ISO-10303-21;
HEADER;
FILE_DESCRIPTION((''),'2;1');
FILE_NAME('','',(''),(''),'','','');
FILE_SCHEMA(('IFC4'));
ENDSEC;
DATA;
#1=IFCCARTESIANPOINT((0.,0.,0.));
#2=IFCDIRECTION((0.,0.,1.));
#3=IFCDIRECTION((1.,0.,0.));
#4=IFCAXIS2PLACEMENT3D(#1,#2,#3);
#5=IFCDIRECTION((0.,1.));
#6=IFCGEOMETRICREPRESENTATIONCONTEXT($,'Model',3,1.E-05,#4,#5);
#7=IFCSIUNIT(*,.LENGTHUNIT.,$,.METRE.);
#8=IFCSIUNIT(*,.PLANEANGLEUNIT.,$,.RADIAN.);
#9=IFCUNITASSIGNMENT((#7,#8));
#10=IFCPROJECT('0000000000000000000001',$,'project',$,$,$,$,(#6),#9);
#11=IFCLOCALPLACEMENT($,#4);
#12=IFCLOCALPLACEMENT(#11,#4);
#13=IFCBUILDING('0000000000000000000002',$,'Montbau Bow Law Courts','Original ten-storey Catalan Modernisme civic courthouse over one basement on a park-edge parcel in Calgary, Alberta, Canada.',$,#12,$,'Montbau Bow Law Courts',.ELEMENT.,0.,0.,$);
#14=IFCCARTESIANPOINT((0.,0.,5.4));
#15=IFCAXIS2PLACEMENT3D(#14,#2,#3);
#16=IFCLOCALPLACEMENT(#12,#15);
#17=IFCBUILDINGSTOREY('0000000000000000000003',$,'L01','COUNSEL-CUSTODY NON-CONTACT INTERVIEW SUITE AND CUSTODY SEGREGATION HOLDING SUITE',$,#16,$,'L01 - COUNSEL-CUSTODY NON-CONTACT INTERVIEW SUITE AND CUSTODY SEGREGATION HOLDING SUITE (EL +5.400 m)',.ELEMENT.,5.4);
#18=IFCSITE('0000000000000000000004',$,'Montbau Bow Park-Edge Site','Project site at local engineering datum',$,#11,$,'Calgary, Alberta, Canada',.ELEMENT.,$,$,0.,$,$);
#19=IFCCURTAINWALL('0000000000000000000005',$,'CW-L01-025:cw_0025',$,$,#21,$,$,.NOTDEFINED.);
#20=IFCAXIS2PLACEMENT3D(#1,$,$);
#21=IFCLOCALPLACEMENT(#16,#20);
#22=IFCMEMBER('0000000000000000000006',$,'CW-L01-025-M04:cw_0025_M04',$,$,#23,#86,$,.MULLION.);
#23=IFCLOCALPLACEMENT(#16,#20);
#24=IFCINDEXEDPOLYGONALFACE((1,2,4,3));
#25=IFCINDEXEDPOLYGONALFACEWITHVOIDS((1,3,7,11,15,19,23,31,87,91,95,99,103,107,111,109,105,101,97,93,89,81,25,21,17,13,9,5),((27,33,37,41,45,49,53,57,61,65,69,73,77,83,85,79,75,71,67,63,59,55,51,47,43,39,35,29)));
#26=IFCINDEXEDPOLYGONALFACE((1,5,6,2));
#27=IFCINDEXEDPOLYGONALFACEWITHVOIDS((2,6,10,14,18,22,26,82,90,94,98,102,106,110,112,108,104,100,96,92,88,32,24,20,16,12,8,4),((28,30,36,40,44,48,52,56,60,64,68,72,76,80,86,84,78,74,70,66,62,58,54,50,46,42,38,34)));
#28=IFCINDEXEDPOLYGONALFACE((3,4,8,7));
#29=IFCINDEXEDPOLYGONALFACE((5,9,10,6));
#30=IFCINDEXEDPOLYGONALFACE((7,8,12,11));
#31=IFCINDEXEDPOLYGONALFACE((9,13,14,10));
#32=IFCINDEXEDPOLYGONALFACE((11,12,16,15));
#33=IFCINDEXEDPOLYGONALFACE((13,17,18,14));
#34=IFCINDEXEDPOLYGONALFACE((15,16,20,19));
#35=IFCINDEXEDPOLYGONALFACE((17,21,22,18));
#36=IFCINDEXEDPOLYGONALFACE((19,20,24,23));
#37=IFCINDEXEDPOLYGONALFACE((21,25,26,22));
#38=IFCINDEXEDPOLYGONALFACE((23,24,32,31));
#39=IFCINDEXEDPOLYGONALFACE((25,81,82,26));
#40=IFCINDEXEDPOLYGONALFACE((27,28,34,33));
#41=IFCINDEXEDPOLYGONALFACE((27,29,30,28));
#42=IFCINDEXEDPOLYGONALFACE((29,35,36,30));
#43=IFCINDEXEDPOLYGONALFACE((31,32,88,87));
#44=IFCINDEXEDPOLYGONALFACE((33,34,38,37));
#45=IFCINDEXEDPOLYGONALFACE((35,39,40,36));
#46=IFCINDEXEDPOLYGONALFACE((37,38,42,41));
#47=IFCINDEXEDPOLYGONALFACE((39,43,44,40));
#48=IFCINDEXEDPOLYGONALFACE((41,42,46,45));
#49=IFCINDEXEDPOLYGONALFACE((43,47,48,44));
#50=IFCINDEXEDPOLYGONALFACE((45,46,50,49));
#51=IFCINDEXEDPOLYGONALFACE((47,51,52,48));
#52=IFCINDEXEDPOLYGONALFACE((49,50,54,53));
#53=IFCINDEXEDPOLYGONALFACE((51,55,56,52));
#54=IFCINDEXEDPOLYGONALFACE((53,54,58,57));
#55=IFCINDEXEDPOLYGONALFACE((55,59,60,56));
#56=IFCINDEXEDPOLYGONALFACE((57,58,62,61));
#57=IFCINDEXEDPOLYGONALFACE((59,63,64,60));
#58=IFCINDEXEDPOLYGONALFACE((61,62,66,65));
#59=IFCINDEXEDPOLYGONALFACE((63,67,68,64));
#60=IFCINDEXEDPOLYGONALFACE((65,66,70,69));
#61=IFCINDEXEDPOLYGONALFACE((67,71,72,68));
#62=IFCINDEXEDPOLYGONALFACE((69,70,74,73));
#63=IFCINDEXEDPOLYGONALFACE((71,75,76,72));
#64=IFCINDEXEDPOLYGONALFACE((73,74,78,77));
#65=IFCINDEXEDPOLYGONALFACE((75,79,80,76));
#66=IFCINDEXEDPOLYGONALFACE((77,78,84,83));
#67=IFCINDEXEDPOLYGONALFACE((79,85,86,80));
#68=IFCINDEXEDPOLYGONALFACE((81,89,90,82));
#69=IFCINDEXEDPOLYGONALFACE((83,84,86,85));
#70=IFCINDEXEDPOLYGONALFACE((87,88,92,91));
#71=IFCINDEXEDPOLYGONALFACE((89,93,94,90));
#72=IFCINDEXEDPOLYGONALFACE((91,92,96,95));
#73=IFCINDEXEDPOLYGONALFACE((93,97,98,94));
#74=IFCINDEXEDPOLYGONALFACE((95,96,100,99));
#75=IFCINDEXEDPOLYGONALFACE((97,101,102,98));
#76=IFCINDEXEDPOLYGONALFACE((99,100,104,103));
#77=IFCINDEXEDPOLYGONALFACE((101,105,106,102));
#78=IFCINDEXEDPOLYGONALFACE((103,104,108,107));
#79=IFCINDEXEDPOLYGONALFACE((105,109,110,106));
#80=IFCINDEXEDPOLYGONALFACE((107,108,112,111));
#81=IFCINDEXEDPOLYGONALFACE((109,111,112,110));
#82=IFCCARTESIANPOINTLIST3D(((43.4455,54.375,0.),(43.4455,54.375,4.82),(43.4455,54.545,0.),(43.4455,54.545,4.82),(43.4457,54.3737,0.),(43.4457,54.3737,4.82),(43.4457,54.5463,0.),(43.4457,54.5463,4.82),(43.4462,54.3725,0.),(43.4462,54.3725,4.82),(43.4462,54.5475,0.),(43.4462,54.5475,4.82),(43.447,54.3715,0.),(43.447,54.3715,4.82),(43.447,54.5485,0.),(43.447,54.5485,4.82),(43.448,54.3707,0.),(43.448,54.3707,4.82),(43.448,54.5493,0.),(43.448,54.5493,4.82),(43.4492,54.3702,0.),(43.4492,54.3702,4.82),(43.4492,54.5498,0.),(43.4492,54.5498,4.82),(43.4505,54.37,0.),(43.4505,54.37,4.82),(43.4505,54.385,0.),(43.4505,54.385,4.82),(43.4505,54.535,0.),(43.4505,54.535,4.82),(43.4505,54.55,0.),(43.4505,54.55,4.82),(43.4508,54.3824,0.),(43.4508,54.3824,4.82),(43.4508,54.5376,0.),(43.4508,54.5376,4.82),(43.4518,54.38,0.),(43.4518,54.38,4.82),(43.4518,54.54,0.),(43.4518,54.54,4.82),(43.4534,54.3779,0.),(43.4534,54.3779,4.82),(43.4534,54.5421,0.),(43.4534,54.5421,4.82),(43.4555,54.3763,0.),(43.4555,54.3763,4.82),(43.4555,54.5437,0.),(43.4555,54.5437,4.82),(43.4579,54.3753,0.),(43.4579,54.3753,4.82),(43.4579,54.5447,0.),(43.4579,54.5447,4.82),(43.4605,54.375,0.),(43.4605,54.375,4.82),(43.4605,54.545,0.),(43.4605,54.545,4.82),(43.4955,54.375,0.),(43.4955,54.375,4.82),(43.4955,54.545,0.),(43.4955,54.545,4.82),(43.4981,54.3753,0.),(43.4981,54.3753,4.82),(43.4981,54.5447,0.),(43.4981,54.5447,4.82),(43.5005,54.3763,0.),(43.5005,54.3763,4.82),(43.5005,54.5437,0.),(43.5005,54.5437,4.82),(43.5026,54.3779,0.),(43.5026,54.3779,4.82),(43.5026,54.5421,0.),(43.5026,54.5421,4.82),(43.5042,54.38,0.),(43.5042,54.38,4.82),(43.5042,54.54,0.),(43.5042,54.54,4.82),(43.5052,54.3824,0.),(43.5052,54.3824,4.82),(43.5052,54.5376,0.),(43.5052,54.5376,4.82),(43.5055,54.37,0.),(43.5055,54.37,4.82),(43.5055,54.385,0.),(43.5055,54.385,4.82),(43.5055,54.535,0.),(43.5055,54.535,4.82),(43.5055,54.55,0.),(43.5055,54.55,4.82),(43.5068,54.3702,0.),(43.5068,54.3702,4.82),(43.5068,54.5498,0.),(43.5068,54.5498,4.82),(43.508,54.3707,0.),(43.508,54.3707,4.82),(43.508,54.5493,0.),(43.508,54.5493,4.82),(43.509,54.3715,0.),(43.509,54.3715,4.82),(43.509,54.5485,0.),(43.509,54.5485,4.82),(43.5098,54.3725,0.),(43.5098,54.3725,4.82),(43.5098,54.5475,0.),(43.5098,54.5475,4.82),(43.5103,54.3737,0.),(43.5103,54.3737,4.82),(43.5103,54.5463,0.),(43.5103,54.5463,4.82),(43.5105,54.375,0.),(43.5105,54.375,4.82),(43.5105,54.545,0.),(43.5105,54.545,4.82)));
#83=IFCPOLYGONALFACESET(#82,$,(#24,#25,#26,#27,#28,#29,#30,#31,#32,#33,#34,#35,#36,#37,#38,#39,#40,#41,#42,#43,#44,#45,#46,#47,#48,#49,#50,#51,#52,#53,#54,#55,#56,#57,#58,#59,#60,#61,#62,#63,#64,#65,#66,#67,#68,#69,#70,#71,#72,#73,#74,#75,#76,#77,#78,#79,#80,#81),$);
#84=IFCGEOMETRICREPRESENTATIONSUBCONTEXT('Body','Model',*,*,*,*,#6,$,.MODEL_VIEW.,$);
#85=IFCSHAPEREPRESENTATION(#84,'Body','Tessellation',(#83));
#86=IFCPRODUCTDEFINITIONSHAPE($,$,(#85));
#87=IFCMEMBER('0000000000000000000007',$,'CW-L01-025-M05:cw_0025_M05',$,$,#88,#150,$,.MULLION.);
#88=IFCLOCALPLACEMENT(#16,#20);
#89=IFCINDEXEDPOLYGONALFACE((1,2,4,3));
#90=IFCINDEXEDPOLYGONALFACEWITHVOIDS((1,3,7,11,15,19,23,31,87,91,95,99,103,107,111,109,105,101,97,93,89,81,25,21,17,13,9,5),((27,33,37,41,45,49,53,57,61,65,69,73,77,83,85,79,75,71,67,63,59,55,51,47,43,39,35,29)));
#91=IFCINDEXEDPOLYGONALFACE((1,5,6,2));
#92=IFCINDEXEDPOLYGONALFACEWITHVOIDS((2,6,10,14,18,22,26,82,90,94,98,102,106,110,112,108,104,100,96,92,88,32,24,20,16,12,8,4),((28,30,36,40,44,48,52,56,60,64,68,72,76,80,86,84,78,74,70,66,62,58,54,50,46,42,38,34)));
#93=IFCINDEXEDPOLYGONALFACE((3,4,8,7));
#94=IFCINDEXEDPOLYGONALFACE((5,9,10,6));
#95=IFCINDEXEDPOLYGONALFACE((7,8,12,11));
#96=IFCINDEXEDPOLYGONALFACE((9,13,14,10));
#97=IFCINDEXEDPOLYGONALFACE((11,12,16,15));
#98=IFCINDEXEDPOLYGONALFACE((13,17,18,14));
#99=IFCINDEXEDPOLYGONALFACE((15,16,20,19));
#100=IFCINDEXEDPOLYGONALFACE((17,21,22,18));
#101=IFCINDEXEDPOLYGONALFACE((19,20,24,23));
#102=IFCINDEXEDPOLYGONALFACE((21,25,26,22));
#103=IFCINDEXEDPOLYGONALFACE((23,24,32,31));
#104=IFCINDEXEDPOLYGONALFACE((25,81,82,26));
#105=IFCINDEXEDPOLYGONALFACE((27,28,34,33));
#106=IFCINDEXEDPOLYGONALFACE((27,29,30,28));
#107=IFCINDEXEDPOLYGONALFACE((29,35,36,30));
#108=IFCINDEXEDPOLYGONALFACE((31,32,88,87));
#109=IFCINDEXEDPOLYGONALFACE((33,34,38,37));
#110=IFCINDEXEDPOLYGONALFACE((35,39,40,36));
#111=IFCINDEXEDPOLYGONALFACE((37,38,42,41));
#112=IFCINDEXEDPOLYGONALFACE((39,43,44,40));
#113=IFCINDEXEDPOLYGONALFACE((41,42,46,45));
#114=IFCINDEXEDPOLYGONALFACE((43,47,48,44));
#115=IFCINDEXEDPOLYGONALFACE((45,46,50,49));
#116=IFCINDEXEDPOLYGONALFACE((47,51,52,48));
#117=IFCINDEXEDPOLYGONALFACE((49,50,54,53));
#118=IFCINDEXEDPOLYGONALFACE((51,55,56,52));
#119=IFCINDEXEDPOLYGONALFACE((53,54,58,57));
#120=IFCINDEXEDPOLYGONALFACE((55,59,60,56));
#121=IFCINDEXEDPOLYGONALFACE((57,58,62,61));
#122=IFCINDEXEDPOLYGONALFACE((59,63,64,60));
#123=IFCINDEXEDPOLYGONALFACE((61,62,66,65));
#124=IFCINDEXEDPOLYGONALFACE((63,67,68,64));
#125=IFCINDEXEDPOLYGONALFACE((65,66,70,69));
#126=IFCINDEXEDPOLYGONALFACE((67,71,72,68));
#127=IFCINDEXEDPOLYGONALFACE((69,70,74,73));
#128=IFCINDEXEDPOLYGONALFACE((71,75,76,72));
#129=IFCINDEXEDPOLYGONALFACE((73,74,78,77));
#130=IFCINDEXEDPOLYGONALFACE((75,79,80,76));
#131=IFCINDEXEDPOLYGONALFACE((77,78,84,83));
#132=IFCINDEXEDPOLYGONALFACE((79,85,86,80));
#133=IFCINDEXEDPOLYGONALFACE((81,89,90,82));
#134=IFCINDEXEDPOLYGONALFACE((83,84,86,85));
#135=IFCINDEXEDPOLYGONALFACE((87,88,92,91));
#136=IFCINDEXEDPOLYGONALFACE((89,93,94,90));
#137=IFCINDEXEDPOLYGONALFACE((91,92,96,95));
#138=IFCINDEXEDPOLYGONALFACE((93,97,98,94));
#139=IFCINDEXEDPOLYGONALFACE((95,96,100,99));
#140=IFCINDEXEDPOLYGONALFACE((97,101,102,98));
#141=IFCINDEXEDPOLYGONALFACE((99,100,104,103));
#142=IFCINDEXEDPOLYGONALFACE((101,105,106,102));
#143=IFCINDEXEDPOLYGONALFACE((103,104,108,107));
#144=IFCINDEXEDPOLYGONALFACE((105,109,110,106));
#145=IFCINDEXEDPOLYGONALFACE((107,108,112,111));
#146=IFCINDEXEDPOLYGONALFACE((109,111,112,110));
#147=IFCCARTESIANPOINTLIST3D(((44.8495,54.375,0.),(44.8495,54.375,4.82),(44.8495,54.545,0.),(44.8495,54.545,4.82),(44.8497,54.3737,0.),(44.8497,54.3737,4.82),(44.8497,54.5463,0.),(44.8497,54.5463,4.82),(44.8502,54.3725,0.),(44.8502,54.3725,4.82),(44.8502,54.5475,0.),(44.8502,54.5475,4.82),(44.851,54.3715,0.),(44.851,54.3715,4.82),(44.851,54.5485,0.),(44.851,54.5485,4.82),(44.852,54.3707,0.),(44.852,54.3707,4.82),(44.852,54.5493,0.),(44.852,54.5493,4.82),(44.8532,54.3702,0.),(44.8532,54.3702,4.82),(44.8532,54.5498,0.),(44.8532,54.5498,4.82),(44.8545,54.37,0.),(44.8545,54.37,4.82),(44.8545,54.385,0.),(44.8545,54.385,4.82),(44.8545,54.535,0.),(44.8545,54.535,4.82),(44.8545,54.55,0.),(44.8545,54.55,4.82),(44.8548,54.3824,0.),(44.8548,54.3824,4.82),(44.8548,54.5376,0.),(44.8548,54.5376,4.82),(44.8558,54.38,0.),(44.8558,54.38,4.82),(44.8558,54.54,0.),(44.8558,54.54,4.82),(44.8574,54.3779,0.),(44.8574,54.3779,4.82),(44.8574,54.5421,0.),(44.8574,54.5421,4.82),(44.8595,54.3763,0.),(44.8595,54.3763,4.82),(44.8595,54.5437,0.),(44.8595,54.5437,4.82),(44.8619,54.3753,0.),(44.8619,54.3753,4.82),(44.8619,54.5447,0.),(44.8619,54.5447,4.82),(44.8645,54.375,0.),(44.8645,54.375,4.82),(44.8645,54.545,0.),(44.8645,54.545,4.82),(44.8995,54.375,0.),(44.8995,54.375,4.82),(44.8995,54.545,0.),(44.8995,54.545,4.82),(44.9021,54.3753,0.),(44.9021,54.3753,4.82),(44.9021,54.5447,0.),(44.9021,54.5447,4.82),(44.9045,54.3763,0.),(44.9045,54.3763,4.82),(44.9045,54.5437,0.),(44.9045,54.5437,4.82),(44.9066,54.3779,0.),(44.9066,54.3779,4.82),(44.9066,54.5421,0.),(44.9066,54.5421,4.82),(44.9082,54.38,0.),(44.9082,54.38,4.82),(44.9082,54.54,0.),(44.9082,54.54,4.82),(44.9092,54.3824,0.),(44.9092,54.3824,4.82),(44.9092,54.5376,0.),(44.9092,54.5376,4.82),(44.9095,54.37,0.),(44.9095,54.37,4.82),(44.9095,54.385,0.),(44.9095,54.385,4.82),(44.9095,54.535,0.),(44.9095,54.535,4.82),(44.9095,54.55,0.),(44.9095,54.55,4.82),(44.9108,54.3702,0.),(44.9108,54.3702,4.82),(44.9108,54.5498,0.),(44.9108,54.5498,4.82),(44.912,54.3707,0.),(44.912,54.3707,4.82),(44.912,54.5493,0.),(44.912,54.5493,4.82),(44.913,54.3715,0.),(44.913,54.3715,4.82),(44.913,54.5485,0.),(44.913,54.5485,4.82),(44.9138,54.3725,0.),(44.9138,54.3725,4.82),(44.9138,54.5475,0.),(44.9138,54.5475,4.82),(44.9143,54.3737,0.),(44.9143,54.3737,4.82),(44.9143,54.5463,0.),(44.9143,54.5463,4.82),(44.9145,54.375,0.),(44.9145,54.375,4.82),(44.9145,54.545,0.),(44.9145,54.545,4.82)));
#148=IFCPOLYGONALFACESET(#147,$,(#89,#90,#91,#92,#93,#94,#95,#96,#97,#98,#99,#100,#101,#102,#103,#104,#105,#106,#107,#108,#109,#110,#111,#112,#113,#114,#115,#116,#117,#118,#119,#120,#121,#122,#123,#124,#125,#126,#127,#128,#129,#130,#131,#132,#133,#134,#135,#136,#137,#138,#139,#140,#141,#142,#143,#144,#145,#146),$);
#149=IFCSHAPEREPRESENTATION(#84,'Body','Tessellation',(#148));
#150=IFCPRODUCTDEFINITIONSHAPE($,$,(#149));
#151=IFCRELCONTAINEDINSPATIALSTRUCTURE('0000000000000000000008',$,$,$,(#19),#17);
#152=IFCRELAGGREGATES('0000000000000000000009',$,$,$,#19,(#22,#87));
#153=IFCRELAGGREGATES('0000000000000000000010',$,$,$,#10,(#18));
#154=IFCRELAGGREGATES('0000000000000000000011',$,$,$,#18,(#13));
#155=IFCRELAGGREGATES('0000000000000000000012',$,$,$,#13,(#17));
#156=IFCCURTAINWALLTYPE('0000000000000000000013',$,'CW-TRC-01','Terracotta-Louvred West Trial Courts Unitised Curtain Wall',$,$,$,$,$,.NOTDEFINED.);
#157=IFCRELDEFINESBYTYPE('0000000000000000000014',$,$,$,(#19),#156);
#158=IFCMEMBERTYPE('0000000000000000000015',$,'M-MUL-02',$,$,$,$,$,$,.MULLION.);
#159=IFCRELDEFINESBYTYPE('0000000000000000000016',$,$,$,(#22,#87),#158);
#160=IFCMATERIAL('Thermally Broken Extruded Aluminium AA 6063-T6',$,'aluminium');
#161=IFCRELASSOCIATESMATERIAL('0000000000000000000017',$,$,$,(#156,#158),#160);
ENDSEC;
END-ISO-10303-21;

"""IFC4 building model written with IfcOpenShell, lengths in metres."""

from ifc_helpers import new_model, si_unit, direction, frame, origin_with_axes, origin_2d_with_axis, place, context, subcontext, project, spatial, hollow_rectangle, extrude, material, material_profile, profile_set, type_object, element, aggregate, save


model = new_model("IFC4")

# Units and contexts
model_context = context("Model", 3, precision=1e-05, world=origin_with_axes(), true_north=direction((0.0, 1.0)))
body_context = subcontext(model_context, "Body", "Model", "MODEL_VIEW")
ifc_project = project(units=[si_unit("LENGTHUNIT", "METRE"), si_unit("PLANEANGLEUNIT", "RADIAN")], contexts=[model_context])

# Site, building, storey
site_placement = place(None, origin_with_axes())
site = spatial("IfcSite", under=ifc_project, at=site_placement, Name="Montbau Bow Park-Edge Site", Description="Project site at local engineering datum", LongName="Calgary, Alberta, Canada", CompositionType="ELEMENT", RefElevation=0.0)
building_placement = place(site_placement, origin_with_axes())
building = spatial("IfcBuilding", under=site, at=building_placement, Name="Montbau Bow Law Courts", Description="Original ten-storey Catalan Modernisme civic courthouse over one basement on a park-edge parcel in Calgary, Alberta, Canada.", LongName="Montbau Bow Law Courts", CompositionType="ELEMENT", ElevationOfRefHeight=0.0, ElevationOfTerrain=0.0)
storey_placement = place(building_placement, frame((0.0, 0.0, 5.4), z_axis=(0.0, 0.0, 1.0), x_axis=(1.0, 0.0, 0.0)))
storey = spatial("IfcBuildingStorey", under=building, at=storey_placement, Name="L01", Description="COUNSEL-CUSTODY NON-CONTACT INTERVIEW SUITE AND CUSTODY SEGREGATION HOLDING SUITE", LongName="L01 - COUNSEL-CUSTODY NON-CONTACT INTERVIEW SUITE AND CUSTODY SEGREGATION HOLDING SUITE (EL +5.400 m)", CompositionType="ELEMENT", Elevation=5.4)

# Curtain wall, members
ifc_material_1 = material(Name="Thermally Broken Extruded Aluminium AA 6063-T6", Category="aluminium")
curtain_wall_type = type_object("IfcCurtainWallType", Name="CW-TRC-01", Description="Terracotta-Louvred West Trial Courts Unitised Curtain Wall", PredefinedType="NOTDEFINED", material=ifc_material_1)
curtain_wall_placement = place(None, frame((39.268, 54.46, 5.4), z_axis=(0.0, 0.0, 1.0), x_axis=(1.0, 0.0, 0.0)))
curtain_wall = element("IfcCurtainWall", 1, at=curtain_wall_placement, inside=storey, type_object=curtain_wall_type, Name="CW-L01-025:cw_0025", PredefinedType="NOTDEFINED")
ifc_material_profile_1 = material_profile(ifc_material_1, hollow_rectangle(XDim=0.065, YDim=0.18, WallThickness=0.005, InnerFilletRadius=0.01, OuterFilletRadius=0.005, at=origin_2d_with_axis()), Name="CWM-180X65", Category="Main", Priority=0)
ifc_profile_set_1 = profile_set([ifc_material_profile_1], Name="Thermally Broken Extruded Aluminium AA 6063-T6")
member_type_1 = type_object("IfcMemberType", Name="M-MUL-02", PredefinedType="MULLION", material=ifc_profile_set_1)
member_1_placement = place(None, frame((43.478, 54.46, 5.4), z_axis=(0.0, 0.0, 1.0), x_axis=(1.0, 0.0, 0.0)))
member_1 = element("IfcMember", 2, at=member_1_placement, type_object=member_type_1, Name="CW-L01-025-M04:cw_0025_M04", PredefinedType="MULLION", context=body_context, shape_type="SweptSolid", body=[
    extrude(hollow_rectangle(XDim=0.065, YDim=0.18, WallThickness=0.005, InnerFilletRadius=0.01, OuterFilletRadius=0.005, at=origin_2d_with_axis()), origin_with_axes(), (0.0, 0.0, 1.0), 4.82),
])
member_2_placement = place(None, frame((44.882, 54.46, 5.4), z_axis=(0.0, 0.0, 1.0), x_axis=(1.0, 0.0, 0.0)))
member_2 = element("IfcMember", 3, at=member_2_placement, type_object=member_type_1, Name="CW-L01-025-M05:cw_0025_M05", PredefinedType="MULLION", context=body_context, shape_type="SweptSolid", body=[
    extrude(hollow_rectangle(XDim=0.065, YDim=0.18, WallThickness=0.005, InnerFilletRadius=0.01, OuterFilletRadius=0.005, at=origin_2d_with_axis()), origin_with_axes(), (0.0, 0.0, 1.0), 4.82),
])
aggregate(curtain_wall, [member_1, member_2])

save(model, "model.ifc")
